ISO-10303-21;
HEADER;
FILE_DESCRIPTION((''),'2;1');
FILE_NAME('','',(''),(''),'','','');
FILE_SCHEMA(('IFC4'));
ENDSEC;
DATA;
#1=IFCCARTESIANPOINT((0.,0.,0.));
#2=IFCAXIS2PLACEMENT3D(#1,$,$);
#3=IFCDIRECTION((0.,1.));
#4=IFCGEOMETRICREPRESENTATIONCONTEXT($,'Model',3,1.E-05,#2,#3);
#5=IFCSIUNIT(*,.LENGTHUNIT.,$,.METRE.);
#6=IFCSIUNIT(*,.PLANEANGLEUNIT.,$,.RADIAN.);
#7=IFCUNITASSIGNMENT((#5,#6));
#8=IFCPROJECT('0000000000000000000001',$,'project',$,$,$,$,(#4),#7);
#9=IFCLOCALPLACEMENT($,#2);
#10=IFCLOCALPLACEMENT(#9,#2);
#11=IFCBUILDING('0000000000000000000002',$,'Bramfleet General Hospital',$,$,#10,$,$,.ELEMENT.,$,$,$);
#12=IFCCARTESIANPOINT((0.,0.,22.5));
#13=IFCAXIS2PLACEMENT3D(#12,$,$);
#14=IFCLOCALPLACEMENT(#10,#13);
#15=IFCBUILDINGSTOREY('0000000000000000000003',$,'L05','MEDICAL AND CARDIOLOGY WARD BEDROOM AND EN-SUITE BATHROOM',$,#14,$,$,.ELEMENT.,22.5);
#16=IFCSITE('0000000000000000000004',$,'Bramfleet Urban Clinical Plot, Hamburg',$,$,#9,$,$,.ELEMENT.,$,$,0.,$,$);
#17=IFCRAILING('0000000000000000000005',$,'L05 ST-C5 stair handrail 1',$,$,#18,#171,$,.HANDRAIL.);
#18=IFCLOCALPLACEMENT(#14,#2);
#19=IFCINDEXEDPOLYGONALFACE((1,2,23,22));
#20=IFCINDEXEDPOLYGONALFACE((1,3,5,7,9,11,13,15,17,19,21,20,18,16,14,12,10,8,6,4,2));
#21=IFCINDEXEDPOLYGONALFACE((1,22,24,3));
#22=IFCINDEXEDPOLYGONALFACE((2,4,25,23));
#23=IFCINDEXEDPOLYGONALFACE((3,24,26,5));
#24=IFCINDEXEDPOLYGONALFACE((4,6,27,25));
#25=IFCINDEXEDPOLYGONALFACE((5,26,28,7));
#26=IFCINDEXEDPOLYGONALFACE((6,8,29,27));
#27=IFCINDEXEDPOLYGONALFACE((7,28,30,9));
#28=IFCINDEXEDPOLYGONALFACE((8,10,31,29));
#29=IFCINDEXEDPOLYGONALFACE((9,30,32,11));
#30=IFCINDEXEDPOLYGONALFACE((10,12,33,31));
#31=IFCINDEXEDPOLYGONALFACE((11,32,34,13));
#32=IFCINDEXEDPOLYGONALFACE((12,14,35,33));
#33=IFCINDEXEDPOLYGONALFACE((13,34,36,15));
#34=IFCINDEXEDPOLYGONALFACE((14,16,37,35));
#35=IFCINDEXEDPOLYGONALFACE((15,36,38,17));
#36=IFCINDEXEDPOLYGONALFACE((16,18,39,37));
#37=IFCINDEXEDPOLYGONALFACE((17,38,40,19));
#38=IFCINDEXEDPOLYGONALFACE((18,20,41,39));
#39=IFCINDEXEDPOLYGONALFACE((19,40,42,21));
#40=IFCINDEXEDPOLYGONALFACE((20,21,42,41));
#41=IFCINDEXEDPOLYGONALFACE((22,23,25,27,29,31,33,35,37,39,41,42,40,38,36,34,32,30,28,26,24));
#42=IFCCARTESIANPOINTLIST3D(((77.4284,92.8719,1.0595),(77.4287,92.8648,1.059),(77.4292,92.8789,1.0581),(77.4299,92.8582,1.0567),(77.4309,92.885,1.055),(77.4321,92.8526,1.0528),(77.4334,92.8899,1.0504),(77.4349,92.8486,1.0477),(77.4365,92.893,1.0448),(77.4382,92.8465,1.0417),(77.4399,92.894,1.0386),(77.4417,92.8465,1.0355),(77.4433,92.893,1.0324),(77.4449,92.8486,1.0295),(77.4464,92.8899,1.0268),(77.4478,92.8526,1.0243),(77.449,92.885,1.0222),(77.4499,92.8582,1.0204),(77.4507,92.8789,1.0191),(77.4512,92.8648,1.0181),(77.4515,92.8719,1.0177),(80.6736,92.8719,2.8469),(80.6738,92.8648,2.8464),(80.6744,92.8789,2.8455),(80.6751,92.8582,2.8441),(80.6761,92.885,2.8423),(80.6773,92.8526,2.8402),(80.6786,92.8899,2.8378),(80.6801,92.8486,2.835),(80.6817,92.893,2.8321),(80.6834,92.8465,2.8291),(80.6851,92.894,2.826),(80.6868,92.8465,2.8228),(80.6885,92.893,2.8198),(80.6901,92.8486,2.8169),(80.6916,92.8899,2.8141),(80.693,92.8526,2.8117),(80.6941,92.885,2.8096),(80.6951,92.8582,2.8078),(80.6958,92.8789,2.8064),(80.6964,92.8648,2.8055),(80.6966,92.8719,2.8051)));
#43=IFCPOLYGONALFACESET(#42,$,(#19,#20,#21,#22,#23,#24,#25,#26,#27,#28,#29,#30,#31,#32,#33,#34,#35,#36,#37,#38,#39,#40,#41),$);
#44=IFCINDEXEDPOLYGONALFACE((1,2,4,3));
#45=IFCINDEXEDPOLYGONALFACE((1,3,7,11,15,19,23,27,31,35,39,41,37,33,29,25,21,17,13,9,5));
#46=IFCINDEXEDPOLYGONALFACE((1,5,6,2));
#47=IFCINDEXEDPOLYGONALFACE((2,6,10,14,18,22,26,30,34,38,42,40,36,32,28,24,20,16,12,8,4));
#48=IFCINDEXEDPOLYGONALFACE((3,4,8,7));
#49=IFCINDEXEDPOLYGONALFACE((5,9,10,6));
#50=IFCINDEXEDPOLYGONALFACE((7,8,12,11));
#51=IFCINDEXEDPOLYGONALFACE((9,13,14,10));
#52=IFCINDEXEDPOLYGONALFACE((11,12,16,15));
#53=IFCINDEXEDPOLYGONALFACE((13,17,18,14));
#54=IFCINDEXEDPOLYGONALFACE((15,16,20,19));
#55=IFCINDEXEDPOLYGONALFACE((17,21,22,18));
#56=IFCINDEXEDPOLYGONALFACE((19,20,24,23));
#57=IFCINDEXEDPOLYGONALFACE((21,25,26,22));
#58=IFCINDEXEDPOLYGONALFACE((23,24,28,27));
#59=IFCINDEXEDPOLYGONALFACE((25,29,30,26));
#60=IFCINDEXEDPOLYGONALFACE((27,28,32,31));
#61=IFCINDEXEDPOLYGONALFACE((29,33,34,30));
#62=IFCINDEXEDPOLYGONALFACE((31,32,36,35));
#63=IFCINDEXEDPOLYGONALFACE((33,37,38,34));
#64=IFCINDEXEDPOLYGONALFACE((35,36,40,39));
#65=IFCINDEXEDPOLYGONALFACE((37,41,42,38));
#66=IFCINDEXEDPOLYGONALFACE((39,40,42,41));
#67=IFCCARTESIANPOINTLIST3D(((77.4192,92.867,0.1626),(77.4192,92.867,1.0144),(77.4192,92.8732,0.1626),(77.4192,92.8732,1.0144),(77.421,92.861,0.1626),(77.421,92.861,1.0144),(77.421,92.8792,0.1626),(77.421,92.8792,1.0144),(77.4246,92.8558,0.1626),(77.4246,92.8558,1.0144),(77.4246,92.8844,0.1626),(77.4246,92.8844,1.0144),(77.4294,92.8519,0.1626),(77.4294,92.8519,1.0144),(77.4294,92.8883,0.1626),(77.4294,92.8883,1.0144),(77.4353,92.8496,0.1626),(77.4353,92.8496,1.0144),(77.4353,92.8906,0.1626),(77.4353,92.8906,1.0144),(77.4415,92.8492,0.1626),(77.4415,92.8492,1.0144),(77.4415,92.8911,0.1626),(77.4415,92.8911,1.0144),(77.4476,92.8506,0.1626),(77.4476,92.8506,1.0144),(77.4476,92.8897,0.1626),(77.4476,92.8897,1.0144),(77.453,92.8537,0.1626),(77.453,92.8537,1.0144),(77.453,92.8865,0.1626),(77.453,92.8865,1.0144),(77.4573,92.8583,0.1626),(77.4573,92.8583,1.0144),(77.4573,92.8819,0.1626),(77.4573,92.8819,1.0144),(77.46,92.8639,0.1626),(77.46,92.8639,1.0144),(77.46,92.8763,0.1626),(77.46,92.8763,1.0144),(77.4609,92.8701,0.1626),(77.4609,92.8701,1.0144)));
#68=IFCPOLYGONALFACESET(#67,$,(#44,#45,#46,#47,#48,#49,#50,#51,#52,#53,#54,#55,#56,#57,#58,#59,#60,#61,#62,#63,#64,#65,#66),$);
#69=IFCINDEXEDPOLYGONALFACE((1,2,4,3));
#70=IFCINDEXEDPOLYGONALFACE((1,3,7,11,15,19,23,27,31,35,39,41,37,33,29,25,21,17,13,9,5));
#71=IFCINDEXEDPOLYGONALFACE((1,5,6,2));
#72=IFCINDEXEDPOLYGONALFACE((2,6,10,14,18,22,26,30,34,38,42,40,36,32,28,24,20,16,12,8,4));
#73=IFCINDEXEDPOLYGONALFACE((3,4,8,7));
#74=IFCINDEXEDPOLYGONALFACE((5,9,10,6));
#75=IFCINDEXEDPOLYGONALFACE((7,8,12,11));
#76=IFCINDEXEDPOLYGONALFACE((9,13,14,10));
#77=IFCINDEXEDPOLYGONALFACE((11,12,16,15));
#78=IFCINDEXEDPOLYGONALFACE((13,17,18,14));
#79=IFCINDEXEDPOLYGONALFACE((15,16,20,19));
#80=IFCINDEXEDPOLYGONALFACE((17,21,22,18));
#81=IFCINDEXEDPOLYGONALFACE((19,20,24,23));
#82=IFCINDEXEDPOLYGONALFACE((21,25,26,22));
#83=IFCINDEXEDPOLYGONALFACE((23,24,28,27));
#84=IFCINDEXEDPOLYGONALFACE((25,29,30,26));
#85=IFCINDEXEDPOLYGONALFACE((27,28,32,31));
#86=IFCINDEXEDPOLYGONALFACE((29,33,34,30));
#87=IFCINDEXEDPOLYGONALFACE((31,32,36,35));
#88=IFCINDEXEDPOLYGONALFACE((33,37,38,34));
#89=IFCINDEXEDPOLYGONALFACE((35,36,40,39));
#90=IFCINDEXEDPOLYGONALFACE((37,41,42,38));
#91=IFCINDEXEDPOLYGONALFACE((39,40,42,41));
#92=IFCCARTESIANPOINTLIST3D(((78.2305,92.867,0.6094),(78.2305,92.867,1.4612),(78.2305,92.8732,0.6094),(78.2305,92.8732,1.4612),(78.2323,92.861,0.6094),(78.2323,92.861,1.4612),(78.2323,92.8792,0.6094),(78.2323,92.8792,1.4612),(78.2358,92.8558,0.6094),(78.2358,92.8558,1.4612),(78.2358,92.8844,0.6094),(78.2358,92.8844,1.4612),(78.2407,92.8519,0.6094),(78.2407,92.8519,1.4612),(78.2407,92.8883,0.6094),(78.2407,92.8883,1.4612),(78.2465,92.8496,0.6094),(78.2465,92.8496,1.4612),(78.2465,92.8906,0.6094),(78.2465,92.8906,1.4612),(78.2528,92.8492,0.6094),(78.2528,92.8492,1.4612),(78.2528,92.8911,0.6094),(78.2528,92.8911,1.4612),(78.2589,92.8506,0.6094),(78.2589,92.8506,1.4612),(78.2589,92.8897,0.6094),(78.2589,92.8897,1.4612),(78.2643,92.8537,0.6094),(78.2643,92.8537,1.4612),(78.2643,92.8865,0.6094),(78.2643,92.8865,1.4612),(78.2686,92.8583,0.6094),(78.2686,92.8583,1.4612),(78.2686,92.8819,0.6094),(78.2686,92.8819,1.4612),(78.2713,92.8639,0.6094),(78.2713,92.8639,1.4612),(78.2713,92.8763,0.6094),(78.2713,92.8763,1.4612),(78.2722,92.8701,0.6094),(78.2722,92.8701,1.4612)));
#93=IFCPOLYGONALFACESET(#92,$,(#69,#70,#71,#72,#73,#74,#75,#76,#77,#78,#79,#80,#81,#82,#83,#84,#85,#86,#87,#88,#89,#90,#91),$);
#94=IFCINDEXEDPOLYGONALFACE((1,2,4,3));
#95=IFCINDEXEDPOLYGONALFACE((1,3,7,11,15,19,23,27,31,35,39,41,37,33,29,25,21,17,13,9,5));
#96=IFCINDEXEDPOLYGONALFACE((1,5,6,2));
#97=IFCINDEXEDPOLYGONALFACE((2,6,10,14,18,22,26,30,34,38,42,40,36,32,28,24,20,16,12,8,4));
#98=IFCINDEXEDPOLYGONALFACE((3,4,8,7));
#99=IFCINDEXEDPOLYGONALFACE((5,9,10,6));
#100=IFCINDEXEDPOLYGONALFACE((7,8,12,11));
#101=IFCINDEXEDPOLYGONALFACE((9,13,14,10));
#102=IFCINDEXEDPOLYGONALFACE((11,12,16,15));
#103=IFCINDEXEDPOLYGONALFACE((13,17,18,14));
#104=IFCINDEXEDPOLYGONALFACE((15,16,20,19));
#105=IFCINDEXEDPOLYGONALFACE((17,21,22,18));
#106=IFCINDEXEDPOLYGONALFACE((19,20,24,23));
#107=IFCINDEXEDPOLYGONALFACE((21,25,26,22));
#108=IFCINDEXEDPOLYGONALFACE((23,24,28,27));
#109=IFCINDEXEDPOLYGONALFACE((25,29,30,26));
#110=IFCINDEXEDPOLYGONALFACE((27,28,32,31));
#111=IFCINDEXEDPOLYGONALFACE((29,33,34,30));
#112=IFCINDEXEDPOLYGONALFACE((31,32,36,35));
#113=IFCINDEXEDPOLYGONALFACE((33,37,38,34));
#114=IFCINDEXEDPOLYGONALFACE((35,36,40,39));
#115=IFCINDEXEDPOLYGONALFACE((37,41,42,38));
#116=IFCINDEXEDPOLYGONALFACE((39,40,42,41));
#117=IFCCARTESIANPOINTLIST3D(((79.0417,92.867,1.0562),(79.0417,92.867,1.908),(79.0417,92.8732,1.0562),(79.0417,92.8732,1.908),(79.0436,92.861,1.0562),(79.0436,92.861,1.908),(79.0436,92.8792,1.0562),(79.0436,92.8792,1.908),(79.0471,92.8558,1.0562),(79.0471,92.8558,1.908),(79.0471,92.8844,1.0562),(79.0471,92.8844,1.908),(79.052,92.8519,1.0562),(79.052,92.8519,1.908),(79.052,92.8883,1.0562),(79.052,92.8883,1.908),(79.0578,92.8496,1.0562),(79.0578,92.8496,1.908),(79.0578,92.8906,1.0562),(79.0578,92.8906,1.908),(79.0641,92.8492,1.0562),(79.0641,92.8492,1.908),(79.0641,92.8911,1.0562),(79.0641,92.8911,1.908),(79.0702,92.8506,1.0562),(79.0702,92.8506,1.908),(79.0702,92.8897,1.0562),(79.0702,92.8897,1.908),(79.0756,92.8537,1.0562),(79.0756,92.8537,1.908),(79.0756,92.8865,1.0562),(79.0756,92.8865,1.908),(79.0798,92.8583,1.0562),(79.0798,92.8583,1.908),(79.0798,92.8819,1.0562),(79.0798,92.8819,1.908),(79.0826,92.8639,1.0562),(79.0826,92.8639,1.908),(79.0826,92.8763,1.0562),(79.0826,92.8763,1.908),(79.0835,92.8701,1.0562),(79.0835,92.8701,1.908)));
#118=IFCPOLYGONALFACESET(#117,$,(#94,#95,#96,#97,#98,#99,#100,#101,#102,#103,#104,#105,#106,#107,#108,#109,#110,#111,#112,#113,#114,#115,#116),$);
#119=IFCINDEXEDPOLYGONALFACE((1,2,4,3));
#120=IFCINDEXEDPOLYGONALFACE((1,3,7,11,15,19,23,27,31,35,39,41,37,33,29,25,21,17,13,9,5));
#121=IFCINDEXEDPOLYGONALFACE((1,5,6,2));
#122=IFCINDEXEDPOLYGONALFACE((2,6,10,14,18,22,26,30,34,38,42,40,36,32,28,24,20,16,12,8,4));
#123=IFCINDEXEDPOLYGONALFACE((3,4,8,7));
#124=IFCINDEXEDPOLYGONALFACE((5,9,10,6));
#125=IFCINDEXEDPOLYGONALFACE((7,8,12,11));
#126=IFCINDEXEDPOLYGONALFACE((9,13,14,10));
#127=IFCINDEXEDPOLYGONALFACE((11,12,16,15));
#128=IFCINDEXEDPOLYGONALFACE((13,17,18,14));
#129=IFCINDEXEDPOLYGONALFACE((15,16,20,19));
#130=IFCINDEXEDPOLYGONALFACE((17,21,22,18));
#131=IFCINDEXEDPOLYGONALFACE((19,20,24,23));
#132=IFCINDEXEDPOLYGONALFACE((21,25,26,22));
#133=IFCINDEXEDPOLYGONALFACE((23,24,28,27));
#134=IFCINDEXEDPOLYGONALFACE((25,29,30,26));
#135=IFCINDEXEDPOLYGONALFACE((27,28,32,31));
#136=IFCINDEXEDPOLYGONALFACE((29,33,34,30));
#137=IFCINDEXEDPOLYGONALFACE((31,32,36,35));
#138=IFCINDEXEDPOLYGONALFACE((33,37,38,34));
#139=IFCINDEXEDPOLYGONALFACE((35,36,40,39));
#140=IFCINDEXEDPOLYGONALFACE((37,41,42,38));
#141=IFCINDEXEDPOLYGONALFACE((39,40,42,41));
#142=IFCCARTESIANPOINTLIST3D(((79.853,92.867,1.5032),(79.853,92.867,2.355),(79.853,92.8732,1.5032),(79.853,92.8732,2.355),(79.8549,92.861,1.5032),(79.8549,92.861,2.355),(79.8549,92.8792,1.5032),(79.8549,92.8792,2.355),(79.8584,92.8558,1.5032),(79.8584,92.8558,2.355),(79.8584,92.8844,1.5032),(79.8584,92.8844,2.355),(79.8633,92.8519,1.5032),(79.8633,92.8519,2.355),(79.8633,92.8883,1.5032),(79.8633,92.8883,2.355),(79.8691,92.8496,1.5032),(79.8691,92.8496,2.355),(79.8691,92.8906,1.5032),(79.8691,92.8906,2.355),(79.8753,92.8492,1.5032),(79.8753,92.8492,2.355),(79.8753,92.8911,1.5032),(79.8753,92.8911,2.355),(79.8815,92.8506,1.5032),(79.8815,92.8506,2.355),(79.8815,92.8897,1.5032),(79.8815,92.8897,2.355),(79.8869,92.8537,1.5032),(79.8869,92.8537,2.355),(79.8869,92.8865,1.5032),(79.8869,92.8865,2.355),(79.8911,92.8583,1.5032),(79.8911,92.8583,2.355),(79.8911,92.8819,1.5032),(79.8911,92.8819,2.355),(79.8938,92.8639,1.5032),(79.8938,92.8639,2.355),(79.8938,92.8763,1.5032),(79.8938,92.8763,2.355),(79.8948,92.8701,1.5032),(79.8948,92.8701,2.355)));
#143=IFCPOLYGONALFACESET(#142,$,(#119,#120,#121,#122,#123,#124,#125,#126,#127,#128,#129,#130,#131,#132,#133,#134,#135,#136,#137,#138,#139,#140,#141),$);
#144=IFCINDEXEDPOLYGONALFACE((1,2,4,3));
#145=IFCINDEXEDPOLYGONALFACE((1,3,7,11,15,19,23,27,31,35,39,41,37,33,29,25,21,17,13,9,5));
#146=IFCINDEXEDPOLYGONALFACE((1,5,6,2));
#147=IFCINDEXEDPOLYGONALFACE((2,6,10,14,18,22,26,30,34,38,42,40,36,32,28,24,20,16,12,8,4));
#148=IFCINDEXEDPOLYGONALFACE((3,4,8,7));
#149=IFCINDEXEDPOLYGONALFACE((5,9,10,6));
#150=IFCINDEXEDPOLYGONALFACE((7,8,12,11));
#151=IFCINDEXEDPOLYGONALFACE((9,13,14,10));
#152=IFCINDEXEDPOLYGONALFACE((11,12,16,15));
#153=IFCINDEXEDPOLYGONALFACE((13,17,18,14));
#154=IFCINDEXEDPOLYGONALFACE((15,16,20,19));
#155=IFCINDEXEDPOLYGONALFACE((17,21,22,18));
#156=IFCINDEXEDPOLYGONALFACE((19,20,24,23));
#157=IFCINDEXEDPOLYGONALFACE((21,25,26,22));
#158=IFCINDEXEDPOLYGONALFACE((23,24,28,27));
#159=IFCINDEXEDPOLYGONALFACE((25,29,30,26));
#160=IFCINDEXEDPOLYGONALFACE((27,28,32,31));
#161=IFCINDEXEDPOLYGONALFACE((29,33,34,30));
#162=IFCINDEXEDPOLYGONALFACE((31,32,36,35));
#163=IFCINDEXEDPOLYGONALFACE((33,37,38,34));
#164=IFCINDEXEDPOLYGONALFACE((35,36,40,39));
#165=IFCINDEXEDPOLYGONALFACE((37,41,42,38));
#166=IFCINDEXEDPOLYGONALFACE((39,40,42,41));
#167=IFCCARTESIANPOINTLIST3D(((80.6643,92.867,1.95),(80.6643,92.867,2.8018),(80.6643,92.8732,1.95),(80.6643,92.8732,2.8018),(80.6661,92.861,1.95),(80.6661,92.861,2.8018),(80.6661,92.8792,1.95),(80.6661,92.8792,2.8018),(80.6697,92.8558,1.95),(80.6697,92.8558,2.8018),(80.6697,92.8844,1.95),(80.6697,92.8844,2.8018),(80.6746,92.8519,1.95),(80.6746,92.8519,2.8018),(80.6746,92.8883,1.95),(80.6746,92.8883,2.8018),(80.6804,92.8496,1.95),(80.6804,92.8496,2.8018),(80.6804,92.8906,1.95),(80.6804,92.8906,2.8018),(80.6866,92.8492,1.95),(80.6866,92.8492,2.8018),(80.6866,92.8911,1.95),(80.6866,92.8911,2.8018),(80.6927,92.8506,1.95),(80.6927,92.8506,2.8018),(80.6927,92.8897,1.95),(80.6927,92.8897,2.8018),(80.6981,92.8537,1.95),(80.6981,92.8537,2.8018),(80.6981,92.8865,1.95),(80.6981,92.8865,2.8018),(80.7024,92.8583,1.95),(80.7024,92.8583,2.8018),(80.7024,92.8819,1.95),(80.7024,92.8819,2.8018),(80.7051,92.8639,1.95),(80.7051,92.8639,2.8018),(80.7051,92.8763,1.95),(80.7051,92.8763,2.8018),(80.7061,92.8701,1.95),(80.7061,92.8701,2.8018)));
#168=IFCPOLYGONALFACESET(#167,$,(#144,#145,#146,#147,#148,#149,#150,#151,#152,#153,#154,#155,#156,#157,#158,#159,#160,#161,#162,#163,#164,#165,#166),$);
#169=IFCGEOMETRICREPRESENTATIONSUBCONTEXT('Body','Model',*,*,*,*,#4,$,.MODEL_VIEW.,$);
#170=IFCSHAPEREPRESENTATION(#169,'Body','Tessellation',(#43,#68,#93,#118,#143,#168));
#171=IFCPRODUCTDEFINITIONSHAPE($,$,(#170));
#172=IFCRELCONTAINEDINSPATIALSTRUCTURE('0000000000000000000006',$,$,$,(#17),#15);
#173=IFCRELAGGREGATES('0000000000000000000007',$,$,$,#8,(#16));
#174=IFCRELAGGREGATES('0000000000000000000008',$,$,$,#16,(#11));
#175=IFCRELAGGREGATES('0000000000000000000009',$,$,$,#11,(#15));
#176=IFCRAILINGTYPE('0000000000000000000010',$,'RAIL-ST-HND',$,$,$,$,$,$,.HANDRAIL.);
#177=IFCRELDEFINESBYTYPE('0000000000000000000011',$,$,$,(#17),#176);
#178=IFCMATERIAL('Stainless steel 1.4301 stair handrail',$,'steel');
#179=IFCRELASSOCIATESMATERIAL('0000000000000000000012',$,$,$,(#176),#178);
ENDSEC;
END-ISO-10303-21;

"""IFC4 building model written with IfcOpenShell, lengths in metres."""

from ifc_helpers import new_model, si_unit, direction, frame, origin, origin_2d, place, context, subcontext, project, spatial, circle, extrude, material, type_object, element, save


model = new_model("IFC4")

# Units and contexts
model_context = context("Model", 3, precision=1e-05, world=origin(), true_north=direction((0.0, 1.0)))
body_context = subcontext(model_context, "Body", "Model", "MODEL_VIEW")
ifc_project = project(units=[si_unit("LENGTHUNIT", "METRE"), si_unit("PLANEANGLEUNIT", "RADIAN")], contexts=[model_context])

# Site, building, storey
site_placement = place(None, origin())
site = spatial("IfcSite", under=ifc_project, at=site_placement, Name="Bramfleet Urban Clinical Plot, Hamburg", CompositionType="ELEMENT", RefElevation=0.0)
building_placement = place(site_placement, origin())
building = spatial("IfcBuilding", under=site, at=building_placement, Name="Bramfleet General Hospital", CompositionType="ELEMENT")
storey_placement = place(building_placement, frame((0.0, 0.0, 22.5)))
storey = spatial("IfcBuildingStorey", under=building, at=storey_placement, Name="L05", Description="MEDICAL AND CARDIOLOGY WARD BEDROOM AND EN-SUITE BATHROOM", CompositionType="ELEMENT", Elevation=22.5)

# Railing
ifc_material_1 = material(Name="Stainless steel 1.4301 stair handrail", Category="steel")
railing_type_1 = type_object("IfcRailingType", Name="RAIL-ST-HND", PredefinedType="HANDRAIL", material=ifc_material_1)
railing_1_placement = place(storey_placement, frame((77.4399, 92.8701, 0.1626)))
element("IfcRailing", 1, at=railing_1_placement, inside=storey, type_object=railing_type_1, Name="L05 ST-C5 stair handrail 1", PredefinedType="HANDRAIL", context=body_context, shape_type="SweptSolid", body=[
    extrude(circle(Radius=0.0239, at=origin_2d()), frame((0.0, 0.0, 0.876), z_axis=(0.875926, 0.0, 0.482445), x_axis=(0.0, 1.0, 0.0)), (0.0, 0.0, 1.0), 3.7048),
    extrude(circle(Radius=0.021, at=origin_2d()), origin(), (0.0, 0.0, 1.0), 0.8518),
    extrude(circle(Radius=0.021, at=origin_2d()), frame((0.8113, 0.0, 0.4468)), (0.0, 0.0, 1.0), 0.8518),
    extrude(circle(Radius=0.021, at=origin_2d()), frame((1.6226, 0.0, 0.8936)), (0.0, 0.0, 1.0), 0.8518),
    extrude(circle(Radius=0.021, at=origin_2d()), frame((2.4338, 0.0, 1.3406)), (0.0, 0.0, 1.0), 0.8518),
    extrude(circle(Radius=0.021, at=origin_2d()), frame((3.2451, 0.0, 1.7874)), (0.0, 0.0, 1.0), 0.8518),
])

save(model, "model.ifc")
